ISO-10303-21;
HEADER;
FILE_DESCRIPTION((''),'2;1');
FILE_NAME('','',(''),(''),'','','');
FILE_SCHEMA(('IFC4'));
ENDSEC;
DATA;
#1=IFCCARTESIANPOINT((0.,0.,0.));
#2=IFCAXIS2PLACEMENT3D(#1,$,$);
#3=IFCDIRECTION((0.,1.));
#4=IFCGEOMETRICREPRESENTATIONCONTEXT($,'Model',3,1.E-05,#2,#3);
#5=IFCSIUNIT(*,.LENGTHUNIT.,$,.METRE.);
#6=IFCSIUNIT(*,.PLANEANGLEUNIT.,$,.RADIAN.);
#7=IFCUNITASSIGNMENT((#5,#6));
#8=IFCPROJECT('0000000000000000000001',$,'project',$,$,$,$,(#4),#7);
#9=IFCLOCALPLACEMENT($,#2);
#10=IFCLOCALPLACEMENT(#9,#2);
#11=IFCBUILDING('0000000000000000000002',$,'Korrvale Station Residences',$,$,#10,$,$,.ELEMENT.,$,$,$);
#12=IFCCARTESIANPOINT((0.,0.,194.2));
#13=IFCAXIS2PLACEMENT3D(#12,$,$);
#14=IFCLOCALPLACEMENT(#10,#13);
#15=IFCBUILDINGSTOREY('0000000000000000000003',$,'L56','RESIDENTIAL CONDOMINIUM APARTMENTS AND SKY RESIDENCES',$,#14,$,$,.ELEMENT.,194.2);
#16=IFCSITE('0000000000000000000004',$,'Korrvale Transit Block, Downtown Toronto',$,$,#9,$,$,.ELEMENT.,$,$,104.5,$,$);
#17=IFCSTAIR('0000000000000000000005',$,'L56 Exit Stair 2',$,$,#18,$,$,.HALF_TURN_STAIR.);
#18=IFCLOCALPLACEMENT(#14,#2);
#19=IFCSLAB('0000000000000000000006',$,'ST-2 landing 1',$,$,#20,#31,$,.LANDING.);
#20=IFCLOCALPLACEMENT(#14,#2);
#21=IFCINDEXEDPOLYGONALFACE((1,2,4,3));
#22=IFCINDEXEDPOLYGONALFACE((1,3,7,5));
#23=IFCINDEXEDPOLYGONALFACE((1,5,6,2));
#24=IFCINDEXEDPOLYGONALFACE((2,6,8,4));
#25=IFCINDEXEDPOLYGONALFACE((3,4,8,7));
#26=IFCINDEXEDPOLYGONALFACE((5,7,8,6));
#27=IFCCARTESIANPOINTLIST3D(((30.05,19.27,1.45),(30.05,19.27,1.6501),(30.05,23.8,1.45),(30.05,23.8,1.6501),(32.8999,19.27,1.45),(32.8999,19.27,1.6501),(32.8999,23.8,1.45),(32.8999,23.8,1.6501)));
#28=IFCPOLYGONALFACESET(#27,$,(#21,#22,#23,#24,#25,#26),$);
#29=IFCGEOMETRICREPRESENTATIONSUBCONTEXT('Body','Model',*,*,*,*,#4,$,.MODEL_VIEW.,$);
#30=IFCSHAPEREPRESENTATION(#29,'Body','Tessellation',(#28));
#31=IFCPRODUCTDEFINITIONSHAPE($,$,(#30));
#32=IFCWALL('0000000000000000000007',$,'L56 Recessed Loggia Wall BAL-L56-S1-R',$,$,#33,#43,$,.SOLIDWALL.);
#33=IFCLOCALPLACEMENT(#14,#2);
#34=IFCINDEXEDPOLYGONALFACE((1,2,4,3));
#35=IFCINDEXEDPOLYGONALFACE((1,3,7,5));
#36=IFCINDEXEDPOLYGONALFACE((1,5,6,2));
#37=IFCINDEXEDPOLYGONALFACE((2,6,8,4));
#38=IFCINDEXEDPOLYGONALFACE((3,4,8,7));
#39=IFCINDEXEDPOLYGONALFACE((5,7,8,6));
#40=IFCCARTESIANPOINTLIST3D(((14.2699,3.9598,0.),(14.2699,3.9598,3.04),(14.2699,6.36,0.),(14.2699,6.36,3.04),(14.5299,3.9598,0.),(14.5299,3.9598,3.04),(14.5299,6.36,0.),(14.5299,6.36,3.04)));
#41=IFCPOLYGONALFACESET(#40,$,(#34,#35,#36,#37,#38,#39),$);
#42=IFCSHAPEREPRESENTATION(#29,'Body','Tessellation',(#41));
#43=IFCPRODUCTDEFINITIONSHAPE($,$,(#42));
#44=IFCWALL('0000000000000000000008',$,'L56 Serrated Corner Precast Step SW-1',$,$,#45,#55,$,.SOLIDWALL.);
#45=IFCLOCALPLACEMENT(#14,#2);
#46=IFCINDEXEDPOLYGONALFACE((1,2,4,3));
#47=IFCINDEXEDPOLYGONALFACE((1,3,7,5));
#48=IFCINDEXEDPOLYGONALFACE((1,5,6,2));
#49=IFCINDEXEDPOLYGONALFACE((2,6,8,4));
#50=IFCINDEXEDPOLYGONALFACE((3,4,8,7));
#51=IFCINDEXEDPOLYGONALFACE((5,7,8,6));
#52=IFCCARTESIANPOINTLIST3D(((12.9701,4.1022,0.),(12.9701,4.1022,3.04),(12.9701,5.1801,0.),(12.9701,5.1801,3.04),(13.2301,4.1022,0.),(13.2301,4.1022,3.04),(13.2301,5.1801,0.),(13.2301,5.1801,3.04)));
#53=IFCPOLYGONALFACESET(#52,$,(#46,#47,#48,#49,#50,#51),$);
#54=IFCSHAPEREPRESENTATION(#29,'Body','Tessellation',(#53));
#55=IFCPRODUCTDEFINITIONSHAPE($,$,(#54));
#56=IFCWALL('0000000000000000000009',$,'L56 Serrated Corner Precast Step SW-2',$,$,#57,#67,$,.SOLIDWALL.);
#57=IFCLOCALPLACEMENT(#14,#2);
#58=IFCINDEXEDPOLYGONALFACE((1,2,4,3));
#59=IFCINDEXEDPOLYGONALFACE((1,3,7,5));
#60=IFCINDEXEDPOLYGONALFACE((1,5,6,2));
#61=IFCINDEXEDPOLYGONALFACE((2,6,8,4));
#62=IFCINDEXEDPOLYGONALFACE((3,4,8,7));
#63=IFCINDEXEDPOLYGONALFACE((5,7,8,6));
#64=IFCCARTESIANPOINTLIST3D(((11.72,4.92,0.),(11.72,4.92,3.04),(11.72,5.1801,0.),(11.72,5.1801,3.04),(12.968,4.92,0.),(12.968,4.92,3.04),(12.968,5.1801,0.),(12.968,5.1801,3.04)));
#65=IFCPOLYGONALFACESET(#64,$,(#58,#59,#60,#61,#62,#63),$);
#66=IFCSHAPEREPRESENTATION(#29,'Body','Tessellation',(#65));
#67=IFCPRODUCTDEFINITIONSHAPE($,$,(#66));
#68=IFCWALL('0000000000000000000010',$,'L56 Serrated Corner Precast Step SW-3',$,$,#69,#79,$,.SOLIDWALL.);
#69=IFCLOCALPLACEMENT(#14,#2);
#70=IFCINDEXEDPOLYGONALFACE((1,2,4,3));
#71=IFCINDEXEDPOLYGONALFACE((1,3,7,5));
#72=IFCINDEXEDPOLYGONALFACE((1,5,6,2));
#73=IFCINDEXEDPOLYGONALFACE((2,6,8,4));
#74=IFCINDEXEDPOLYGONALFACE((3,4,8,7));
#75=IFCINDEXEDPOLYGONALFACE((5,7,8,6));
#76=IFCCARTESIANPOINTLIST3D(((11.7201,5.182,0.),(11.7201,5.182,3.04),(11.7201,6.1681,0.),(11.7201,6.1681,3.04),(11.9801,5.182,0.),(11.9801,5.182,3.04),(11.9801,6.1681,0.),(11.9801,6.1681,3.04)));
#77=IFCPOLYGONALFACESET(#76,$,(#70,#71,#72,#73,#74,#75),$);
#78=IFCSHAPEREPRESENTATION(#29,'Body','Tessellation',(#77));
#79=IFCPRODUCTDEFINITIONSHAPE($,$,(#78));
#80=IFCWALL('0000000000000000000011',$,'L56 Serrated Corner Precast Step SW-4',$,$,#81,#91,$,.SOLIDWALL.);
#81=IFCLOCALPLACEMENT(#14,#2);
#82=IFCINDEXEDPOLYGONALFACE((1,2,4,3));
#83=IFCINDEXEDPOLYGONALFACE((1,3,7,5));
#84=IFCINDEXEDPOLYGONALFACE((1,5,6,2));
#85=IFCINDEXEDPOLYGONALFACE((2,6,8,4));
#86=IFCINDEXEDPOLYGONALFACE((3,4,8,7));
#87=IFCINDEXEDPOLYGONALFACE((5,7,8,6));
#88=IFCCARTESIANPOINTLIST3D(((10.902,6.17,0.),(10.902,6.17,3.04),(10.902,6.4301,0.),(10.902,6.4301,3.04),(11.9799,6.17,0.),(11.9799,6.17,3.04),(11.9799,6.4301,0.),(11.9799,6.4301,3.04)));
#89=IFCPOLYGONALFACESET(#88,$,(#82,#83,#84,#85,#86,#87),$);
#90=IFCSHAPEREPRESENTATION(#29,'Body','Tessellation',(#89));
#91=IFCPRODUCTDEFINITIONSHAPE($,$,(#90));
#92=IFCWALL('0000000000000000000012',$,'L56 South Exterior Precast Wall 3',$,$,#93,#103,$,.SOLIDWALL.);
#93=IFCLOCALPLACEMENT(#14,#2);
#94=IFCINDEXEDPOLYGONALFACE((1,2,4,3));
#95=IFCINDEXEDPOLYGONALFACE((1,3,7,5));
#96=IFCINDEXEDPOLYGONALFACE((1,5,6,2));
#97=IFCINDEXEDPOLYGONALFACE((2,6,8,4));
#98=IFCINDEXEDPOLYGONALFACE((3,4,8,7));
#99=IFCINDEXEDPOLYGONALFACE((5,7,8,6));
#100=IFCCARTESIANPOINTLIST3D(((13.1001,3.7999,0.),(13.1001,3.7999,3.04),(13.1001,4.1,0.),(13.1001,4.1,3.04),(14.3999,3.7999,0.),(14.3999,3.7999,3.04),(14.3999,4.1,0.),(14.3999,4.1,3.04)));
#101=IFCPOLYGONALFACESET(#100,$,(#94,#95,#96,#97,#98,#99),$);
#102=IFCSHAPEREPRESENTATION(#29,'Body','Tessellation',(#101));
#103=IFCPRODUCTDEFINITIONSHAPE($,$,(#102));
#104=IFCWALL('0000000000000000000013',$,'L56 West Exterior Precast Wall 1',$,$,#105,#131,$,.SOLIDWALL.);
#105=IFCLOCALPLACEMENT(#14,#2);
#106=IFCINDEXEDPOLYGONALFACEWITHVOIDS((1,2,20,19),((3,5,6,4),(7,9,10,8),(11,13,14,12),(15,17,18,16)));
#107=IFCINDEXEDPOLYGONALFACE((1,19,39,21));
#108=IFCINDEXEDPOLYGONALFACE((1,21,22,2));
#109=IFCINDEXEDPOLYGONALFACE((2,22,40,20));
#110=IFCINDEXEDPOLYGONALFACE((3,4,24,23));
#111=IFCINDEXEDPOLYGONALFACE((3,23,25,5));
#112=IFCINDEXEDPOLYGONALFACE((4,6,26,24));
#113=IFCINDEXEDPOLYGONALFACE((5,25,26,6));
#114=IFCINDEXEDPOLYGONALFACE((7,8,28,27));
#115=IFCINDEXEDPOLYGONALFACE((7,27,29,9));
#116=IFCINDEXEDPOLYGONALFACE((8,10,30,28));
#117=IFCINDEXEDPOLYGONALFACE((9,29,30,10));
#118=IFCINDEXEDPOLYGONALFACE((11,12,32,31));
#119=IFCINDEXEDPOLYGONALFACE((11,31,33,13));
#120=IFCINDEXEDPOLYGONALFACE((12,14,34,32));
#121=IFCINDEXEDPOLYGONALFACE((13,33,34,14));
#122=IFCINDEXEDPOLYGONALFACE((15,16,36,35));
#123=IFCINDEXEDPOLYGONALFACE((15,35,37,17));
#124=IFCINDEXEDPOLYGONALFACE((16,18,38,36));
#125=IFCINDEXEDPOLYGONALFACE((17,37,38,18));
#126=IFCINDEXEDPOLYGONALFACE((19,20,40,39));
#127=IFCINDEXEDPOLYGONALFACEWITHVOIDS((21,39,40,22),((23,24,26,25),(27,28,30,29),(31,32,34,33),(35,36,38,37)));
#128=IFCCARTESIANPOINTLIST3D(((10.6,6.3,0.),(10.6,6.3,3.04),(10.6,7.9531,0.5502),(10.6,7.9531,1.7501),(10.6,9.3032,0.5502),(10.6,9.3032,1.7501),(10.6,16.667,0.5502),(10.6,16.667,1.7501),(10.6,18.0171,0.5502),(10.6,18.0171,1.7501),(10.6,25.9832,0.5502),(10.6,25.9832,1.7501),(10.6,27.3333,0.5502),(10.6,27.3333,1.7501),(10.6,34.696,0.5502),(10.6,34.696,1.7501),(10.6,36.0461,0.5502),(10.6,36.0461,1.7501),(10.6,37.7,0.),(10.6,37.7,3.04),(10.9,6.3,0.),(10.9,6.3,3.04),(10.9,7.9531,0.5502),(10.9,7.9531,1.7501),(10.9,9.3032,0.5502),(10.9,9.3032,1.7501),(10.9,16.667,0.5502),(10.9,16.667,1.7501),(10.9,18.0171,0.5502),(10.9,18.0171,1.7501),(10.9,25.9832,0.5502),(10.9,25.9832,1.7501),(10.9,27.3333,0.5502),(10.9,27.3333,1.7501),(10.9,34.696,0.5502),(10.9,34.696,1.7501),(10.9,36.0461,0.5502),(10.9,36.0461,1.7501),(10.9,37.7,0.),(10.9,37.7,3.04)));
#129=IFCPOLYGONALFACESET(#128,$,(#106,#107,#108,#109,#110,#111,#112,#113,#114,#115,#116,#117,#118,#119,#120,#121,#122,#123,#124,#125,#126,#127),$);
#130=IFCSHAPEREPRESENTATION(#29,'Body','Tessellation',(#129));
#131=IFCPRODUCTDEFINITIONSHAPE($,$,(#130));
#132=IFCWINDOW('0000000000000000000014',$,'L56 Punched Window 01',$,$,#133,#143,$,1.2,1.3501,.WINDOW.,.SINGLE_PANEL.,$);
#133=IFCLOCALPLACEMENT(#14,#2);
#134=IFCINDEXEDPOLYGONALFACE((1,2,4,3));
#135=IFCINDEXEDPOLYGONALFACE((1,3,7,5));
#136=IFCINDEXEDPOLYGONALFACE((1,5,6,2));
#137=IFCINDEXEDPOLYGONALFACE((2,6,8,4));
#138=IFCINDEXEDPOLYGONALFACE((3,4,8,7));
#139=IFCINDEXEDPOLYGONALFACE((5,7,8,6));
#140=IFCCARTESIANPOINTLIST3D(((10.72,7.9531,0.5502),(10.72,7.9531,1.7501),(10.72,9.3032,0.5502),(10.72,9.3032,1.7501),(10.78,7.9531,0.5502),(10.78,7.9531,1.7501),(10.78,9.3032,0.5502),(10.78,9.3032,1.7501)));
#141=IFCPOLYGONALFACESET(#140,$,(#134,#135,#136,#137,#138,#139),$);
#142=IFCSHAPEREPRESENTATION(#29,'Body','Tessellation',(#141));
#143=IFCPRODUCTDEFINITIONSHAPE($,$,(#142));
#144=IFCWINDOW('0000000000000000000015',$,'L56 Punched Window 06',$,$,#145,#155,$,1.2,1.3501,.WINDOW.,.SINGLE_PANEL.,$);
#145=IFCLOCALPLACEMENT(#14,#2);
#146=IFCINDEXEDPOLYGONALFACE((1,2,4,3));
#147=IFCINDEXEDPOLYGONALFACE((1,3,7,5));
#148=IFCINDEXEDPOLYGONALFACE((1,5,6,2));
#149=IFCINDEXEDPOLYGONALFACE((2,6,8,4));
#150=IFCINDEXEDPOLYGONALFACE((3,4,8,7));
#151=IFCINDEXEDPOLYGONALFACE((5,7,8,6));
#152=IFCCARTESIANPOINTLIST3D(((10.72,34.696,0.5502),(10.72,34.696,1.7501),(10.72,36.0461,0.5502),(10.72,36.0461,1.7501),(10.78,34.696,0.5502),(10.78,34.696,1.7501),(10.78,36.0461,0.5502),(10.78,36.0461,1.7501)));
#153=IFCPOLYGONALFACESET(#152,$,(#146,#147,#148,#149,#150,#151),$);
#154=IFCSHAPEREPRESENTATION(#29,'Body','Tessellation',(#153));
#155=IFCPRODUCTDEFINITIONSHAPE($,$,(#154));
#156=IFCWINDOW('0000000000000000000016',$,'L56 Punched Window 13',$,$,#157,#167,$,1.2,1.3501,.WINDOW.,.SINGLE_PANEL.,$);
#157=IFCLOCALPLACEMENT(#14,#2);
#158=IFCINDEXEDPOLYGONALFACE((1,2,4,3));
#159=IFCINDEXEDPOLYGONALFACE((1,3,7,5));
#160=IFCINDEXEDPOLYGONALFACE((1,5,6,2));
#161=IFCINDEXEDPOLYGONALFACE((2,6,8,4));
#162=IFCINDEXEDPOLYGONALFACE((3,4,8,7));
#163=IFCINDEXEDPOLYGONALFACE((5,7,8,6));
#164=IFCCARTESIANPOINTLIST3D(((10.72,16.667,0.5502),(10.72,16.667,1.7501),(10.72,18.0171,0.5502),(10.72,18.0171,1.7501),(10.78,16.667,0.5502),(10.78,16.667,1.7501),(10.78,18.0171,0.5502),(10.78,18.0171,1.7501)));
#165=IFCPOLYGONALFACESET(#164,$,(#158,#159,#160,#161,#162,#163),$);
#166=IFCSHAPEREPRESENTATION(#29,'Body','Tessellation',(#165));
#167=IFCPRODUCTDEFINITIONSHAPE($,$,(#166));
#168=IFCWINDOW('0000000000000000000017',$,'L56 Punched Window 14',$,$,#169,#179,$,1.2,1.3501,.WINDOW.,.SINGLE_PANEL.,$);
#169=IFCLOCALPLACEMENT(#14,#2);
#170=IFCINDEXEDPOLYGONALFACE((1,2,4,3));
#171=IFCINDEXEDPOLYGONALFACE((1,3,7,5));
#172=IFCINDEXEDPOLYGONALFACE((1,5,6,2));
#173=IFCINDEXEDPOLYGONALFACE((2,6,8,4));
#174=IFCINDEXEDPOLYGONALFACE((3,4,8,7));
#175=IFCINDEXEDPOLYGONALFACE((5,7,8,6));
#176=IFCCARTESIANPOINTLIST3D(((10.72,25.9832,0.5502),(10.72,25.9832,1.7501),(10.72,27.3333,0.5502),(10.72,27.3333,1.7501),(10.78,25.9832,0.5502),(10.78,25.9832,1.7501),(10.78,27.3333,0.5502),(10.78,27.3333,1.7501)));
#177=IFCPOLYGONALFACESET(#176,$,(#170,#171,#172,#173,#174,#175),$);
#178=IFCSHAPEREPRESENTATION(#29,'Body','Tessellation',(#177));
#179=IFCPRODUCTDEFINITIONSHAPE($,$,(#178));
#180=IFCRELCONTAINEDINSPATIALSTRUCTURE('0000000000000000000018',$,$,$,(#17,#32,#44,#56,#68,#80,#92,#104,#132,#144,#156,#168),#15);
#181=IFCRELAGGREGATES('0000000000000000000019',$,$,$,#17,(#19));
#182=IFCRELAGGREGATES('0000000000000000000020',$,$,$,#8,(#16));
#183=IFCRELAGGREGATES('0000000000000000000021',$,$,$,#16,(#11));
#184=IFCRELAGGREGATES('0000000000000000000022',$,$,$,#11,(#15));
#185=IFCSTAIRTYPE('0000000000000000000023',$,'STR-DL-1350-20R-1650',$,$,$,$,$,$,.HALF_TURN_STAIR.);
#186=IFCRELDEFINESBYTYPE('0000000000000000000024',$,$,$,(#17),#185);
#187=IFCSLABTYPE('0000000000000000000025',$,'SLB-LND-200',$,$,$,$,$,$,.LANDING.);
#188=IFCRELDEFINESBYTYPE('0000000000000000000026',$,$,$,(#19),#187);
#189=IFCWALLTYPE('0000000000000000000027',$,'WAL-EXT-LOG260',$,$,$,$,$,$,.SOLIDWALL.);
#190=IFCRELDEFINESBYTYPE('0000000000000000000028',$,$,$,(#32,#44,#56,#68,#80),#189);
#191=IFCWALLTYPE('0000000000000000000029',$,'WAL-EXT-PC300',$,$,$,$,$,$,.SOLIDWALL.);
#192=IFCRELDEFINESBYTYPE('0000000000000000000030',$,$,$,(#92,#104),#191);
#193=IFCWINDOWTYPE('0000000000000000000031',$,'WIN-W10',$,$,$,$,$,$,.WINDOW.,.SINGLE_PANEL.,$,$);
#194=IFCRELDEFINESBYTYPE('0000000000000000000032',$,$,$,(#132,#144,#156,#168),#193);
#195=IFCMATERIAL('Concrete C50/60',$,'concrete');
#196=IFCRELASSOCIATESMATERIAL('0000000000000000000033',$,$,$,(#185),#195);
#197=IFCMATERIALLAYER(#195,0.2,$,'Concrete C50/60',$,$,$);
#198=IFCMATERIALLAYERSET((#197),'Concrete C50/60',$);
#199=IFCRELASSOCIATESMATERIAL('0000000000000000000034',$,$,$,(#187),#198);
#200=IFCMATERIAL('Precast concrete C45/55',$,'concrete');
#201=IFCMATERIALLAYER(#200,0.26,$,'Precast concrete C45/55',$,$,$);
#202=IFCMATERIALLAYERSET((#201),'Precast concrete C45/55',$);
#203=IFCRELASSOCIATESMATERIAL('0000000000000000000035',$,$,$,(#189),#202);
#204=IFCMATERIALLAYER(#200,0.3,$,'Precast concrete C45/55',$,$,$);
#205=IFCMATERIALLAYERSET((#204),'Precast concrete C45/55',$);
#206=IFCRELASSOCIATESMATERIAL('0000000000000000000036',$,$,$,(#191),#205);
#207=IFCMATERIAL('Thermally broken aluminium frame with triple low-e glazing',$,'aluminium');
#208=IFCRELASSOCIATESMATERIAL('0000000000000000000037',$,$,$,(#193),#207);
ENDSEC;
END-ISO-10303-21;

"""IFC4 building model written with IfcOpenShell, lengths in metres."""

from ifc_helpers import new_model, si_unit, direction, frame, frame_2d, origin, place, context, subcontext, project, spatial, polyline, rectangle, outline, extrude, material, layer, layer_set, type_object, element, fill, aggregate, save


model = new_model("IFC4")

# Units and contexts
model_context = context("Model", 3, precision=1e-05, world=origin(), true_north=direction((0.0, 1.0)))
body_context = subcontext(model_context, "Body", "Model", "MODEL_VIEW")
ifc_project = project(units=[si_unit("LENGTHUNIT", "METRE"), si_unit("PLANEANGLEUNIT", "RADIAN")], contexts=[model_context])

# Site, building, storey
site_placement = place(None, origin())
site = spatial("IfcSite", under=ifc_project, at=site_placement, Name="Korrvale Transit Block, Downtown Toronto", CompositionType="ELEMENT", RefElevation=104.5)
building_placement = place(site_placement, origin())
building = spatial("IfcBuilding", under=site, at=building_placement, Name="Korrvale Station Residences", CompositionType="ELEMENT")
storey_placement = place(building_placement, frame((0.0, 0.0, 194.2)))
storey = spatial("IfcBuildingStorey", under=building, at=storey_placement, Name="L56", Description="RESIDENTIAL CONDOMINIUM APARTMENTS AND SKY RESIDENCES", CompositionType="ELEMENT", Elevation=194.2)

# Shared definitions
ifc_material_1 = material(Name="Concrete C50/60", Category="concrete")

# Stair, slab
stair_type = type_object("IfcStairType", Name="STR-DL-1350-20R-1650", PredefinedType="HALF_TURN_STAIR", material=ifc_material_1)
ifc_layer_1 = layer(ifc_material_1, 0.2, Name="Concrete C50/60")
ifc_layer_set_1 = layer_set([ifc_layer_1], Name="Concrete C50/60")
slab_type_1 = type_object("IfcSlabType", Name="SLB-LND-200", PredefinedType="LANDING", material=ifc_layer_set_1)
stair_1_placement = place(storey_placement, origin())
stair_1 = element("IfcStair", 1, at=stair_1_placement, inside=storey, type_object=stair_type, Name="L56 Exit Stair 2", PredefinedType="HALF_TURN_STAIR")
slab_1_placement = place(storey_placement, frame((0.0, 0.0, 1.45)))
slab_1 = element("IfcSlab", 2, at=slab_1_placement, type_object=slab_type_1, Name="ST-2 landing 1", PredefinedType="LANDING", context=body_context, shape_type="SweptSolid", body=[
    extrude(outline(polyline([(32.8999, 19.27), (32.8999, 23.8), (30.05, 23.8), (30.05, 19.27), (32.8999, 19.27)])), origin(), (0.0, 0.0, 1.0), 0.2002),
])
aggregate(stair_1, [slab_1])

# Walls
ifc_material_2 = material(Name="Precast concrete C45/55", Category="concrete")
ifc_layer_2 = layer(ifc_material_2, 0.26, Name="Precast concrete C45/55")
ifc_layer_set_2 = layer_set([ifc_layer_2], Name="Precast concrete C45/55")
wall_type_1 = type_object("IfcWallType", Name="WAL-EXT-LOG260", PredefinedType="SOLIDWALL", material=ifc_layer_set_2)
wall_1_placement = place(storey_placement, frame((14.3999, 6.3601, 0.0), z_axis=(0.0, 0.0, 1.0), x_axis=(0.0, -1.0, 0.0)))
element("IfcWall", 3, at=wall_1_placement, inside=storey, type_object=wall_type_1, Name="L56 Recessed Loggia Wall BAL-L56-S1-R", PredefinedType="SOLIDWALL", context=body_context, shape_type="SweptSolid", body=[
    extrude(rectangle(XDim=2.4001, YDim=0.26, at=frame_2d((1.2002, 0.0))), origin(), (0.0, 0.0, 1.0), 3.04),
])
wall_2_placement = place(storey_placement, frame((13.1001, 4.1021, 0.0), z_axis=(0.0, 0.0, 1.0), x_axis=(0.0, 1.0, 0.0)))
element("IfcWall", 4, at=wall_2_placement, inside=storey, type_object=wall_type_1, Name="L56 Serrated Corner Precast Step SW-1", PredefinedType="SOLIDWALL", context=body_context, shape_type="SweptSolid", body=[
    extrude(rectangle(XDim=1.0779, YDim=0.26, at=frame_2d((0.5391, 0.0))), origin(), (0.0, 0.0, 1.0), 3.04),
])
wall_3_placement = place(storey_placement, frame((12.968, 5.05, 0.0), z_axis=(0.0, 0.0, 1.0), x_axis=(-1.0, 0.0, 0.0)))
element("IfcWall", 5, at=wall_3_placement, inside=storey, type_object=wall_type_1, Name="L56 Serrated Corner Precast Step SW-2", PredefinedType="SOLIDWALL", context=body_context, shape_type="SweptSolid", body=[
    extrude(rectangle(XDim=1.248, YDim=0.26, at=frame_2d((0.624, 0.0))), origin(), (0.0, 0.0, 1.0), 3.04),
])
wall_4_placement = place(storey_placement, frame((11.8501, 5.1819, 0.0), z_axis=(0.0, 0.0, 1.0), x_axis=(0.0, 1.0, 0.0)))
element("IfcWall", 6, at=wall_4_placement, inside=storey, type_object=wall_type_1, Name="L56 Serrated Corner Precast Step SW-3", PredefinedType="SOLIDWALL", context=body_context, shape_type="SweptSolid", body=[
    extrude(rectangle(XDim=0.9861, YDim=0.26, at=frame_2d((0.4932, 0.0))), origin(), (0.0, 0.0, 1.0), 3.04),
])
wall_5_placement = place(storey_placement, frame((11.98, 6.3, 0.0), z_axis=(0.0, 0.0, 1.0), x_axis=(-1.0, 0.0, 0.0)))
element("IfcWall", 7, at=wall_5_placement, inside=storey, type_object=wall_type_1, Name="L56 Serrated Corner Precast Step SW-4", PredefinedType="SOLIDWALL", context=body_context, shape_type="SweptSolid", body=[
    extrude(rectangle(XDim=1.0779, YDim=0.26, at=frame_2d((0.5391, 0.0))), origin(), (0.0, 0.0, 1.0), 3.04),
])
ifc_layer_3 = layer(ifc_material_2, 0.3, Name="Precast concrete C45/55")
ifc_layer_set_3 = layer_set([ifc_layer_3], Name="Precast concrete C45/55")
wall_type_2 = type_object("IfcWallType", Name="WAL-EXT-PC300", PredefinedType="SOLIDWALL", material=ifc_layer_set_3)
wall_6_placement = place(storey_placement, frame((14.3999, 3.95, 0.0), z_axis=(0.0, 0.0, 1.0), x_axis=(-1.0, 0.0, 0.0)))
element("IfcWall", 8, at=wall_6_placement, inside=storey, type_object=wall_type_2, Name="L56 South Exterior Precast Wall 3", PredefinedType="SOLIDWALL", context=body_context, shape_type="SweptSolid", body=[
    extrude(rectangle(XDim=1.2998, YDim=0.3, at=frame_2d((0.6499, 0.0))), origin(), (0.0, 0.0, 1.0), 3.04),
])

# Wall, openings, windows
wall_7_placement = place(storey_placement, frame((10.75, 6.3, 0.0), z_axis=(0.0, 0.0, 1.0), x_axis=(0.0, 1.0, 0.0)))
wall_7 = element("IfcWall", 9, at=wall_7_placement, inside=storey, type_object=wall_type_2, Name="L56 West Exterior Precast Wall 1", PredefinedType="SOLIDWALL", context=body_context, shape_type="SweptSolid", body=[
    extrude(rectangle(XDim=31.3999, YDim=0.3, at=frame_2d((15.7, 0.0))), origin(), (0.0, 0.0, 1.0), 3.04),
])
opening_1_placement = place(wall_7_placement, frame((1.6531, 0.0, 0.55)))
opening_1 = element("IfcOpeningElement", 10, at=opening_1_placement, cuts=wall_7, PredefinedType="OPENING", context=body_context, shape_type="SweptSolid", body=[
    extrude(rectangle(XDim=1.3501, YDim=1.2, at=frame_2d((0.675, 0.6001))), frame((0.0, 0.1602, 0.0), z_axis=(0.0, -1.0, 0.0), x_axis=(1.0, 0.0, 0.0)), (0.0, 0.0, 1.0), 0.3201),
])
opening_2_placement = place(wall_7_placement, frame((28.396, 0.0, 0.55)))
opening_2 = element("IfcOpeningElement", 11, at=opening_2_placement, cuts=wall_7, PredefinedType="OPENING", context=body_context, shape_type="SweptSolid", body=[
    extrude(rectangle(XDim=1.3501, YDim=1.2, at=frame_2d((0.675, 0.6001))), frame((0.0, 0.1602, 0.0), z_axis=(0.0, -1.0, 0.0), x_axis=(1.0, 0.0, 0.0)), (0.0, 0.0, 1.0), 0.3201),
])
opening_3_placement = place(wall_7_placement, frame((10.3669, 0.0, 0.55)))
opening_3 = element("IfcOpeningElement", 12, at=opening_3_placement, cuts=wall_7, PredefinedType="OPENING", context=body_context, shape_type="SweptSolid", body=[
    extrude(rectangle(XDim=1.3501, YDim=1.2, at=frame_2d((0.675, 0.6001))), frame((0.0, 0.1602, 0.0), z_axis=(0.0, -1.0, 0.0), x_axis=(1.0, 0.0, 0.0)), (0.0, 0.0, 1.0), 0.3201),
])
opening_4_placement = place(wall_7_placement, frame((19.6831, 0.0, 0.55)))
opening_4 = element("IfcOpeningElement", 13, at=opening_4_placement, cuts=wall_7, PredefinedType="OPENING", context=body_context, shape_type="SweptSolid", body=[
    extrude(rectangle(XDim=1.3501, YDim=1.2, at=frame_2d((0.675, 0.6001))), frame((0.0, 0.1602, 0.0), z_axis=(0.0, -1.0, 0.0), x_axis=(1.0, 0.0, 0.0)), (0.0, 0.0, 1.0), 0.3201),
])
ifc_material_3 = material(Name="Thermally broken aluminium frame with triple low-e glazing", Category="aluminium")
window_type = type_object("IfcWindowType", Name="WIN-W10", PartitioningType="SINGLE_PANEL", PredefinedType="WINDOW", material=ifc_material_3)
window_1_placement = place(opening_1_placement, origin())
window_1 = element("IfcWindow", 14, at=window_1_placement, inside=storey, type_object=window_type, Name="L56 Punched Window 01", OverallHeight=1.2, OverallWidth=1.3501, PartitioningType="SINGLE_PANEL", PredefinedType="WINDOW", context=body_context, shape_type="SweptSolid", body=[
    extrude(rectangle(XDim=1.3501, YDim=1.2, at=frame_2d((0.675, 0.6001))), frame((0.0, 0.03, 0.0), z_axis=(0.0, -1.0, 0.0), x_axis=(1.0, 0.0, 0.0)), (0.0, 0.0, 1.0), 0.0601),
])
fill(opening_1, window_1)
window_2_placement = place(opening_2_placement, origin())
window_2 = element("IfcWindow", 15, at=window_2_placement, inside=storey, type_object=window_type, Name="L56 Punched Window 06", OverallHeight=1.2, OverallWidth=1.3501, PartitioningType="SINGLE_PANEL", PredefinedType="WINDOW", context=body_context, shape_type="SweptSolid", body=[
    extrude(rectangle(XDim=1.3501, YDim=1.2, at=frame_2d((0.675, 0.6001))), frame((0.0, 0.03, 0.0), z_axis=(0.0, -1.0, 0.0), x_axis=(1.0, 0.0, 0.0)), (0.0, 0.0, 1.0), 0.0601),
])
fill(opening_2, window_2)
window_3_placement = place(opening_3_placement, origin())
window_3 = element("IfcWindow", 16, at=window_3_placement, inside=storey, type_object=window_type, Name="L56 Punched Window 13", OverallHeight=1.2, OverallWidth=1.3501, PartitioningType="SINGLE_PANEL", PredefinedType="WINDOW", context=body_context, shape_type="SweptSolid", body=[
    extrude(rectangle(XDim=1.3501, YDim=1.2, at=frame_2d((0.675, 0.6001))), frame((0.0, 0.03, 0.0), z_axis=(0.0, -1.0, 0.0), x_axis=(1.0, 0.0, 0.0)), (0.0, 0.0, 1.0), 0.0601),
])
fill(opening_3, window_3)
window_4_placement = place(opening_4_placement, origin())
window_4 = element("IfcWindow", 17, at=window_4_placement, inside=storey, type_object=window_type, Name="L56 Punched Window 14", OverallHeight=1.2, OverallWidth=1.3501, PartitioningType="SINGLE_PANEL", PredefinedType="WINDOW", context=body_context, shape_type="SweptSolid", body=[
    extrude(rectangle(XDim=1.3501, YDim=1.2, at=frame_2d((0.675, 0.6001))), frame((0.0, 0.03, 0.0), z_axis=(0.0, -1.0, 0.0), x_axis=(1.0, 0.0, 0.0)), (0.0, 0.0, 1.0), 0.0601),
])
fill(opening_4, window_4)

save(model, "model.ifc")
